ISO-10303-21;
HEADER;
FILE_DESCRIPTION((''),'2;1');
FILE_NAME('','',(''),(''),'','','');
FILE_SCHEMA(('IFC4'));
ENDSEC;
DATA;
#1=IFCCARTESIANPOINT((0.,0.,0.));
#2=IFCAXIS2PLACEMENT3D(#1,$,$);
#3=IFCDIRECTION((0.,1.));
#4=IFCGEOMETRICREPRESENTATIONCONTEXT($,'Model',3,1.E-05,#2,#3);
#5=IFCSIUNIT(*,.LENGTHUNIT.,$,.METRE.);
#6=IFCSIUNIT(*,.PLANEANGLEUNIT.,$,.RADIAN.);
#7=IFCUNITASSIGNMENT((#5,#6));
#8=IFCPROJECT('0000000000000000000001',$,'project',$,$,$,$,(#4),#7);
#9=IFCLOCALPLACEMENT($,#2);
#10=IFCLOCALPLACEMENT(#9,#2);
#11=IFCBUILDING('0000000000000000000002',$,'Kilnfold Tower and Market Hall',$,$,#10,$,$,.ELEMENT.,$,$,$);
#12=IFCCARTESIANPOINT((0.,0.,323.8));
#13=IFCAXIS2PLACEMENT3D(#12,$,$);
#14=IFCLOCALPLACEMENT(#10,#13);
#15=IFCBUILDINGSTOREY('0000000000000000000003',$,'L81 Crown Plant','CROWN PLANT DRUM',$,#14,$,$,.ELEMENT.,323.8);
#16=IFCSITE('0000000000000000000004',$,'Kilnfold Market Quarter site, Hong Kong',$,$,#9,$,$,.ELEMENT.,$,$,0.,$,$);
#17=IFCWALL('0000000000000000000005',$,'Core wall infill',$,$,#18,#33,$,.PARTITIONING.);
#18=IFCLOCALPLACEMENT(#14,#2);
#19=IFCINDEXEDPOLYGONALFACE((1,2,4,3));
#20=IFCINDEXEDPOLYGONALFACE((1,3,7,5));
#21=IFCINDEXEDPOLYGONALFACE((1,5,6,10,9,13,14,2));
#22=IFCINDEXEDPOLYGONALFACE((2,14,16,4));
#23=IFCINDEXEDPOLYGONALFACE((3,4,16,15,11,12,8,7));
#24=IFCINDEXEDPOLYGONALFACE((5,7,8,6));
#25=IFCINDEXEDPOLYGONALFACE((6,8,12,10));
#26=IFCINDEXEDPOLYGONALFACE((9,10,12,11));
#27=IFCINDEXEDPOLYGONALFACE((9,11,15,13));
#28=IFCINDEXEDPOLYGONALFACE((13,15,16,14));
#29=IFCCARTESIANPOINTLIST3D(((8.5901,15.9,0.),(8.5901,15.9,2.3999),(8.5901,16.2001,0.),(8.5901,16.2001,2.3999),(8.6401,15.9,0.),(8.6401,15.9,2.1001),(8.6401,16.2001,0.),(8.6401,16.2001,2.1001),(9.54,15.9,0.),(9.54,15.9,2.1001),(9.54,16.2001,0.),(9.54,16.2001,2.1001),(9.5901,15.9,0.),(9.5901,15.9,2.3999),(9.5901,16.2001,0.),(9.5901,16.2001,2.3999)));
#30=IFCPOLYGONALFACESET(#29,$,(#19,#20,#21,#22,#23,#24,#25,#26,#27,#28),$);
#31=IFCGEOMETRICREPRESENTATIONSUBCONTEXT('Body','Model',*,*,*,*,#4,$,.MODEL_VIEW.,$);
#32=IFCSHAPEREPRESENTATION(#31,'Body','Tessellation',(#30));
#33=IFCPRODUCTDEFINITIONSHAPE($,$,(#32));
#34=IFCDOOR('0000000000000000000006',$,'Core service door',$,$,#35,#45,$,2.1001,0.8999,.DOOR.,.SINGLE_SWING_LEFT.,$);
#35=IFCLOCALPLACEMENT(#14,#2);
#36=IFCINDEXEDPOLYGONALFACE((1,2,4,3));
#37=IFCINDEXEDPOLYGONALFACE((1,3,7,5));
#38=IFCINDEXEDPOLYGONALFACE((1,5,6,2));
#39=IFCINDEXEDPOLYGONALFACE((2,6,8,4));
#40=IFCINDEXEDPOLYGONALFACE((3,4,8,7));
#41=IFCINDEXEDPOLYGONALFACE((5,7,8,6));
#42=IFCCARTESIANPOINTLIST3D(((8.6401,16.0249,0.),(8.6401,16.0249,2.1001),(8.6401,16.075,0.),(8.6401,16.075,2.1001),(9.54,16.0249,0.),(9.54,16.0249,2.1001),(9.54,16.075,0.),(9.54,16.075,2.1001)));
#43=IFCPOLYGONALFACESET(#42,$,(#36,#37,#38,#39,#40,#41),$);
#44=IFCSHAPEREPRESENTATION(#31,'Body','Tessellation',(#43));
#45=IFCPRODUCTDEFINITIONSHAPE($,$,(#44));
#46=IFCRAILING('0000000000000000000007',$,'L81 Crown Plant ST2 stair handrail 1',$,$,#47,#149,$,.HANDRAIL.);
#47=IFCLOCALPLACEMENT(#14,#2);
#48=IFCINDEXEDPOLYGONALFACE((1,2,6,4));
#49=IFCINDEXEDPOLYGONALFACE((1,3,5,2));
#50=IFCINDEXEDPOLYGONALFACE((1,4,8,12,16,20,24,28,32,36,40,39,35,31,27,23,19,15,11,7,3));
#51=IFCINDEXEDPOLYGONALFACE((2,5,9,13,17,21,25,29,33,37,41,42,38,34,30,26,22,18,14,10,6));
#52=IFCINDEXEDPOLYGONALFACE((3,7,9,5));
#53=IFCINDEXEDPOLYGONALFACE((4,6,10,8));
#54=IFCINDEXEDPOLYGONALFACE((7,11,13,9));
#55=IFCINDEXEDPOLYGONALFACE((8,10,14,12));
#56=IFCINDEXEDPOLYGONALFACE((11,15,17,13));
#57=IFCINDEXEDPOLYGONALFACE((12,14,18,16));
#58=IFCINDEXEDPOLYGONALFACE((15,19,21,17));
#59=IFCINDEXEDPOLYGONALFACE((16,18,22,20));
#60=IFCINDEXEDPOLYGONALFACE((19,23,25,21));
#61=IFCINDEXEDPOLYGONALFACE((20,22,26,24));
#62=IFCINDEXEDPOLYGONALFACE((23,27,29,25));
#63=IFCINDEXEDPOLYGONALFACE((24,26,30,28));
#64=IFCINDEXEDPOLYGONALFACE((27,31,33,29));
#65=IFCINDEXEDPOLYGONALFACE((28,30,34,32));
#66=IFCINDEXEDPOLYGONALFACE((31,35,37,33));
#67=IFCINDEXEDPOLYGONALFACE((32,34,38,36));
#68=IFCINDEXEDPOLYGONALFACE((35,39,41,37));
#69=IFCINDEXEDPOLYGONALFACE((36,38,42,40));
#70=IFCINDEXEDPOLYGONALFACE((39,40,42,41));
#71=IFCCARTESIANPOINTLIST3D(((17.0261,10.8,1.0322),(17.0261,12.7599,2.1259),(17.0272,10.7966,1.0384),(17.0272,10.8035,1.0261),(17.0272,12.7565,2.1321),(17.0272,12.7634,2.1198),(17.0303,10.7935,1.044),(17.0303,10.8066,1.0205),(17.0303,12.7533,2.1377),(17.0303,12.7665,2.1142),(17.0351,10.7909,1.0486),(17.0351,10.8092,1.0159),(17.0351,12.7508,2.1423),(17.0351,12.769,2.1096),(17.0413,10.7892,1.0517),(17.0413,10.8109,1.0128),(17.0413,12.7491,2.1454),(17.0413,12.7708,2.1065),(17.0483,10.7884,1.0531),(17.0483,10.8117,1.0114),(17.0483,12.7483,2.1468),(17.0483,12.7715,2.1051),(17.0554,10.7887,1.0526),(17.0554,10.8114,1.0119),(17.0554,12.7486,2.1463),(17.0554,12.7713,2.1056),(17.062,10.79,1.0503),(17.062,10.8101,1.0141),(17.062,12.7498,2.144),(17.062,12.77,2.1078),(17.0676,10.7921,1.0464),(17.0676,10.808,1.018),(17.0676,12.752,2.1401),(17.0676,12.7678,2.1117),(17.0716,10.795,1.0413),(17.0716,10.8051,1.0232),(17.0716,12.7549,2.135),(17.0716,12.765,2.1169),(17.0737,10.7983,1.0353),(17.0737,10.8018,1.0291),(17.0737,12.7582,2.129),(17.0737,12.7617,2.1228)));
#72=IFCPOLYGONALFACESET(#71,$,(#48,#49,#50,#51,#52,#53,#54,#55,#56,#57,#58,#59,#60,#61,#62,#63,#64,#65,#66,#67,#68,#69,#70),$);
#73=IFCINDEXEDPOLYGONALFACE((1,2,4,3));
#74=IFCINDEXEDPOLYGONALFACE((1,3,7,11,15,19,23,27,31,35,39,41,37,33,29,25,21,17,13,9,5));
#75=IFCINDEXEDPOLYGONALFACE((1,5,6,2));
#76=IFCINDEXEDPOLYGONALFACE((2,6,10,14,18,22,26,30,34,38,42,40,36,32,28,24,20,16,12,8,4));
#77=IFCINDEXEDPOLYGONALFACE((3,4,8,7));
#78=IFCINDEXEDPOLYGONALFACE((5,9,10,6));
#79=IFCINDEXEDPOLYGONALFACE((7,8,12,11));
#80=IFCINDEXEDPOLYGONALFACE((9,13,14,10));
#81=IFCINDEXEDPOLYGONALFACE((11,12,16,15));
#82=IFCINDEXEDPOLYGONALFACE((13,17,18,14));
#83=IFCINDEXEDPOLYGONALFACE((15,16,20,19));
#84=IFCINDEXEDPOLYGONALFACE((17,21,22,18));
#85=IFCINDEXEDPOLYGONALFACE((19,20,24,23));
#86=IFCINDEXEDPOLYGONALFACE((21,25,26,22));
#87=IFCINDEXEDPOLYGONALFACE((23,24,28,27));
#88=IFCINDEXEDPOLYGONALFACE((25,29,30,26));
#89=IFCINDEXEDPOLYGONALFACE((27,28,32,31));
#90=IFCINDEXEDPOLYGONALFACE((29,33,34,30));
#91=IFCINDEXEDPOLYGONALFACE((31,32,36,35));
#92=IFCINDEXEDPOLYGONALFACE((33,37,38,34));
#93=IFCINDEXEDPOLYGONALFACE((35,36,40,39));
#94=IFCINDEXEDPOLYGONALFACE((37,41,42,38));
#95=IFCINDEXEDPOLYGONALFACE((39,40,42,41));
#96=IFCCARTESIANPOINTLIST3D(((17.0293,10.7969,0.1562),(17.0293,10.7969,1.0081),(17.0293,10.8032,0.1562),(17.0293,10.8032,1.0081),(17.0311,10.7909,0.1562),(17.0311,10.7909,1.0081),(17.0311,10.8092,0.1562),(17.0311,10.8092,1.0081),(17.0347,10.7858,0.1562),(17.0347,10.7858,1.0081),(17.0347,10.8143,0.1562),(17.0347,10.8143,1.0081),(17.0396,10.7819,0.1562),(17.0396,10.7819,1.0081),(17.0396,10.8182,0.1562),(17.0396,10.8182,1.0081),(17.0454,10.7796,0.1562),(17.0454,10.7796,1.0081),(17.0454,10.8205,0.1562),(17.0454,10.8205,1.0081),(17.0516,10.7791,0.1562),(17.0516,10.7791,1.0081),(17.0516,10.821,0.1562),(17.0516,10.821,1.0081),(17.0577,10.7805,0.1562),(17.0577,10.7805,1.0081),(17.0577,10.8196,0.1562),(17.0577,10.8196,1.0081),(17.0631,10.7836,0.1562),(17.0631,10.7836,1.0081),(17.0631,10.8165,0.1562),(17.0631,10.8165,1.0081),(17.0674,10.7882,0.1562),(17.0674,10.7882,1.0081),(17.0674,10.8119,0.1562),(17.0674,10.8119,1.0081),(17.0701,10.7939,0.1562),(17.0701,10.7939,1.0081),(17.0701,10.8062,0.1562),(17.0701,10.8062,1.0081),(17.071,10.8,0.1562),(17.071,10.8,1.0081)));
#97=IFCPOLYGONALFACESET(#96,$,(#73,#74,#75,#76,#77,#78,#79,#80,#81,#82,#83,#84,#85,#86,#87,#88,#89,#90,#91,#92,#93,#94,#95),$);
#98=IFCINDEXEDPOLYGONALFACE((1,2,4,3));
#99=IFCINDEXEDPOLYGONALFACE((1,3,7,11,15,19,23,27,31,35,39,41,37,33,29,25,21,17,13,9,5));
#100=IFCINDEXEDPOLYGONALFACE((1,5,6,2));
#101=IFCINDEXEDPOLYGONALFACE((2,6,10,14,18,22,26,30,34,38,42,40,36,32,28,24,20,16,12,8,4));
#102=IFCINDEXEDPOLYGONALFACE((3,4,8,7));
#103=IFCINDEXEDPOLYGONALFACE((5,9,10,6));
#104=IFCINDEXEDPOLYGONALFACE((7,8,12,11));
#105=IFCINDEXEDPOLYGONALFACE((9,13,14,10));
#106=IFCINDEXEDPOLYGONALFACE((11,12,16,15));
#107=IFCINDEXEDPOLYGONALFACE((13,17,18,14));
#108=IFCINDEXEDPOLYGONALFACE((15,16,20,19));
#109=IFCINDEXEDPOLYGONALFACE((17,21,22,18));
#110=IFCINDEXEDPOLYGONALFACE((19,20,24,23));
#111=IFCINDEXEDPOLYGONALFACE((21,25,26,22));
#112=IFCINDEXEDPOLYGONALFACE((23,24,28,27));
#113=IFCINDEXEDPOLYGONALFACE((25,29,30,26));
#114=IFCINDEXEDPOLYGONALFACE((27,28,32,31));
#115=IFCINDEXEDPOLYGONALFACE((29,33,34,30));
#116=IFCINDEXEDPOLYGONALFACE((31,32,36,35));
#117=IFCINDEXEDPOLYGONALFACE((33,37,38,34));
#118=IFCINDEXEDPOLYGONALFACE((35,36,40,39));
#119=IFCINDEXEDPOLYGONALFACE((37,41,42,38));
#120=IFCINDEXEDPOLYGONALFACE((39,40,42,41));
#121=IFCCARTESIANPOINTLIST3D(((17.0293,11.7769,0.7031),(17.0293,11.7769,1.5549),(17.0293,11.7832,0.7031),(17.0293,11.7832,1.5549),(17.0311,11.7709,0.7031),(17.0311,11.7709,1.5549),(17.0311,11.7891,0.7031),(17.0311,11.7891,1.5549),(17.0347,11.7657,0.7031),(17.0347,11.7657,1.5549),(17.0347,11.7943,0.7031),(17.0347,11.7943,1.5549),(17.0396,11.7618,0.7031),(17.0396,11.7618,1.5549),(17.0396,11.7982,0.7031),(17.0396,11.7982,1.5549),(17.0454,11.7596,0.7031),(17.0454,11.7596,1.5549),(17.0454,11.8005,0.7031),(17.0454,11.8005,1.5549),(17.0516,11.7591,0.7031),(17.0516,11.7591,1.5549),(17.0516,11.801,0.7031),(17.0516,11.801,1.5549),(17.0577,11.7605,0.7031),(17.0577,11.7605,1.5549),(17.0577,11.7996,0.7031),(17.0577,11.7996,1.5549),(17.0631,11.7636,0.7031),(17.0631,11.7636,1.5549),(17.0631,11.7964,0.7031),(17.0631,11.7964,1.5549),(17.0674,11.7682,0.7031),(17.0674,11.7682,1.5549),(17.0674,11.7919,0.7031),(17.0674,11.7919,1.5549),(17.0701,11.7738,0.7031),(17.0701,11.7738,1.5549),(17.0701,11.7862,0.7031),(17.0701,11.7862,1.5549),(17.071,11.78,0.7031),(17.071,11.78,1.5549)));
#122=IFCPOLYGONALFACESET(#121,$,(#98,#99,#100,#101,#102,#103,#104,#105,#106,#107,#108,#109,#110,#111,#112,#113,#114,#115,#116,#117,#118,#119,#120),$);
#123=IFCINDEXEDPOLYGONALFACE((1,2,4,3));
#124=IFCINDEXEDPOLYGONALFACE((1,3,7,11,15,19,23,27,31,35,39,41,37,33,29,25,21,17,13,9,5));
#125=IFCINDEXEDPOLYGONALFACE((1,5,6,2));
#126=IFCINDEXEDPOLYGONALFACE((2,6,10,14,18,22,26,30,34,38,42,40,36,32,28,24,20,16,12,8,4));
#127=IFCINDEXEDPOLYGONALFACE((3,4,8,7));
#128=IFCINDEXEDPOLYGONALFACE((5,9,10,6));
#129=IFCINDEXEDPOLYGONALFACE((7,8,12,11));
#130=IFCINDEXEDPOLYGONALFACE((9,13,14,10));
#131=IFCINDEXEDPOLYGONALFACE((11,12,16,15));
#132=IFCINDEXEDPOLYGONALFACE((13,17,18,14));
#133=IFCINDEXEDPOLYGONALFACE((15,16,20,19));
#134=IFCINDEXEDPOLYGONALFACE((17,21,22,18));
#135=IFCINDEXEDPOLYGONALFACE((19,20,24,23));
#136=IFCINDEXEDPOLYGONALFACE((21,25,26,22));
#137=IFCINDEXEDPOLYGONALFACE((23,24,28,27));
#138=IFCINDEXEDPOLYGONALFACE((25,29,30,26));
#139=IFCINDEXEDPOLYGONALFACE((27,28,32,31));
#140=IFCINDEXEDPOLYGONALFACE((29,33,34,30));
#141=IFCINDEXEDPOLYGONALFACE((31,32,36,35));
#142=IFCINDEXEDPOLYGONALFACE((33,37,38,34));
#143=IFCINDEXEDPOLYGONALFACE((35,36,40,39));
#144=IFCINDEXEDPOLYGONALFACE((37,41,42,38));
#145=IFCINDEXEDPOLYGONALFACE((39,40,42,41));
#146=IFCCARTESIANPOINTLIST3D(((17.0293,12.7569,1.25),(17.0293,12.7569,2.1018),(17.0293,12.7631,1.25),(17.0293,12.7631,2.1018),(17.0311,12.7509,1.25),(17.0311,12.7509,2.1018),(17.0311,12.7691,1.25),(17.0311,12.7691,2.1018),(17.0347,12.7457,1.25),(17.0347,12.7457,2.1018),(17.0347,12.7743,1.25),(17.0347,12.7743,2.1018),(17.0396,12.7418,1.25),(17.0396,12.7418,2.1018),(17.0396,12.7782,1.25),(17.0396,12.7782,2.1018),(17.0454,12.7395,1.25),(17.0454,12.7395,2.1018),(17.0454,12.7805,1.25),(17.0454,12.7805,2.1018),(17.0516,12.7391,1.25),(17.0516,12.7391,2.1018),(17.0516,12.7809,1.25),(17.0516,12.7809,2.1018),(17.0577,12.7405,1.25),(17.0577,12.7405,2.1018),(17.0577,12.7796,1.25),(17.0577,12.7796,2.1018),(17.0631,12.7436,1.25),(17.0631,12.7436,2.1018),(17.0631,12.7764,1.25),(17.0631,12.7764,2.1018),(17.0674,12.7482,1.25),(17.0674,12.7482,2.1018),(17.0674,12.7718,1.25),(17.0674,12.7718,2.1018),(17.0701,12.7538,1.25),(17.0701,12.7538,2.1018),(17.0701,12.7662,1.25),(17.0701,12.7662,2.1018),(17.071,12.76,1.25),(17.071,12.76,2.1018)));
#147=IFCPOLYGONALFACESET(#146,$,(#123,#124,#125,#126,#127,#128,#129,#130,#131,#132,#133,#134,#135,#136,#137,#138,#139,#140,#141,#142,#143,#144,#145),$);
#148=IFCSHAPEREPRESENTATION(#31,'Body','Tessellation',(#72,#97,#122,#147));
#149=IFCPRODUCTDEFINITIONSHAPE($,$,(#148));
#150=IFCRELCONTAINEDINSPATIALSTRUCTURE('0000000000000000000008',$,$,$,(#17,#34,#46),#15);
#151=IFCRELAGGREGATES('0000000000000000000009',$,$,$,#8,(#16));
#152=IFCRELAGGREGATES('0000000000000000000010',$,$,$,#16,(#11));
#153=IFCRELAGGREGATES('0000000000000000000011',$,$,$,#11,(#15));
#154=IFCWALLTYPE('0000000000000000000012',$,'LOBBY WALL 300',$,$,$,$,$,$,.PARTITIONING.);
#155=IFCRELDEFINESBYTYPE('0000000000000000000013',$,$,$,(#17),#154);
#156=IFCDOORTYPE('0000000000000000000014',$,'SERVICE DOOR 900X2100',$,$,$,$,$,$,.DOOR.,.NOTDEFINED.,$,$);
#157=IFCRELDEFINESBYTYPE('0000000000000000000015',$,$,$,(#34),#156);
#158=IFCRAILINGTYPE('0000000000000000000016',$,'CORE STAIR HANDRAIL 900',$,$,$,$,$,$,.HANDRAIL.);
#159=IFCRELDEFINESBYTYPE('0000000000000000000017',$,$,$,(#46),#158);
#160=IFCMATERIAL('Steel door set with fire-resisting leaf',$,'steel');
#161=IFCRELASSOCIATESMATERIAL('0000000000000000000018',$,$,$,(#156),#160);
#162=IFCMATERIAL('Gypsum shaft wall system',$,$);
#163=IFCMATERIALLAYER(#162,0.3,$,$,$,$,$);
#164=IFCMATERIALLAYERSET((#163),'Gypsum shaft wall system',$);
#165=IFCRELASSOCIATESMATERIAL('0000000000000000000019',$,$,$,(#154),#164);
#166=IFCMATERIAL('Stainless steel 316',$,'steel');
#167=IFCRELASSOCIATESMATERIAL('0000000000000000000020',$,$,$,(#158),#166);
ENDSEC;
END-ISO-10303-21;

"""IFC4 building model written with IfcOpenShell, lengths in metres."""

from ifc_helpers import new_model, si_unit, direction, frame, frame_2d, origin, origin_2d, place, context, subcontext, project, spatial, rectangle, circle, extrude, source, transform, mapped, material, layer, layer_set, type_object, element, fill, save


model = new_model("IFC4")

# Units and contexts
model_context = context("Model", 3, precision=1e-05, world=origin(), true_north=direction((0.0, 1.0)))
body_context = subcontext(model_context, "Body", "Model", "MODEL_VIEW")
ifc_project = project(units=[si_unit("LENGTHUNIT", "METRE"), si_unit("PLANEANGLEUNIT", "RADIAN")], contexts=[model_context])

# Site, building, storey
site_placement = place(None, origin())
site = spatial("IfcSite", under=ifc_project, at=site_placement, Name="Kilnfold Market Quarter site, Hong Kong", CompositionType="ELEMENT", RefElevation=0.0)
building_placement = place(site_placement, origin())
building = spatial("IfcBuilding", under=site, at=building_placement, Name="Kilnfold Tower and Market Hall", CompositionType="ELEMENT")
storey_placement = place(building_placement, frame((0.0, 0.0, 323.8)))
storey = spatial("IfcBuildingStorey", under=building, at=storey_placement, Name="L81 Crown Plant", Description="CROWN PLANT DRUM", CompositionType="ELEMENT", Elevation=323.8)

# Shared definitions
ifc_material_1 = material(Name="Steel door set with fire-resisting leaf", Category="steel")
door_type_1 = type_object("IfcDoorType", Name="SERVICE DOOR 900X2100", OperationType="NOTDEFINED", PredefinedType="DOOR", material=ifc_material_1)

# Wall, opening, door
ifc_material_2 = material(Name="Gypsum shaft wall system")
ifc_layer_1 = layer(ifc_material_2, 0.3)
ifc_layer_set_1 = layer_set([ifc_layer_1], Name="Gypsum shaft wall system")
wall_type_1 = type_object("IfcWallType", Name="LOBBY WALL 300", PredefinedType="PARTITIONING", material=ifc_layer_set_1)
shared_shape_1 = source(origin(), body_context, "Body", "SweptSolid", [
    extrude(rectangle(XDim=1.0, YDim=0.3, at=frame_2d((0.5, 0.0))), origin(), (0.0, 0.0, 1.0), 2.3999),
])
wall_1_placement = place(storey_placement, frame((8.5901, 16.05, 0.0), z_axis=(0.0, 0.0, 1.0), x_axis=(1.0, 0.0, 0.0)))
wall_1 = element("IfcWall", 1, at=wall_1_placement, inside=storey, type_object=wall_type_1, Name="Core wall infill", PredefinedType="PARTITIONING", context=body_context, shape_type="MappedRepresentation", body=[
    mapped(shared_shape_1, transform((0.0, 0.0, 0.0))),
])
opening_1_placement = place(wall_1_placement, frame((0.05, 0.0, 0.0)))
opening_1 = element("IfcOpeningElement", 2, at=opening_1_placement, cuts=wall_1, PredefinedType="OPENING", context=body_context, shape_type="SweptSolid", body=[
    extrude(rectangle(XDim=0.8999, YDim=2.1001, at=frame_2d((0.45, 1.05))), frame((0.0, 0.1602, 0.0), z_axis=(0.0, -1.0, 0.0), x_axis=(1.0, 0.0, 0.0)), (0.0, 0.0, 1.0), 0.3201),
])
door_1_placement = place(opening_1_placement, origin())
door_1 = element("IfcDoor", 3, at=door_1_placement, inside=storey, type_object=door_type_1, Name="Core service door", OperationType="SINGLE_SWING_LEFT", OverallHeight=2.1001, OverallWidth=0.8999, PredefinedType="DOOR", context=body_context, shape_type="SweptSolid", body=[
    extrude(rectangle(XDim=0.8999, YDim=2.1001, at=frame_2d((0.45, 1.05))), frame((0.0, 0.0249, 0.0), z_axis=(0.0, -1.0, 0.0), x_axis=(1.0, 0.0, 0.0)), (0.0, 0.0, 1.0), 0.05),
])
fill(opening_1, door_1)

# Railing
ifc_material_3 = material(Name="Stainless steel 316", Category="steel")
railing_type_1 = type_object("IfcRailingType", Name="CORE STAIR HANDRAIL 900", PredefinedType="HANDRAIL", material=ifc_material_3)
railing_1_placement = place(storey_placement, frame((17.05, 10.8, 0.1562)))
element("IfcRailing", 4, at=railing_1_placement, inside=storey, type_object=railing_type_1, Name="L81 Crown Plant ST2 stair handrail 1", PredefinedType="HANDRAIL", context=body_context, shape_type="SweptSolid", body=[
    extrude(circle(Radius=0.0239, at=origin_2d()), frame((0.0, 0.0, 0.876), z_axis=(0.0, 0.873232, 0.487304), x_axis=(-1.0, 0.0, 0.0)), (0.0, 0.0, 1.0), 2.2444),
    extrude(circle(Radius=0.021, at=origin_2d()), origin(), (0.0, 0.0, 1.0), 0.8518),
    extrude(circle(Radius=0.021, at=origin_2d()), frame((0.0, 0.98, 0.5469)), (0.0, 0.0, 1.0), 0.8518),
    extrude(circle(Radius=0.021, at=origin_2d()), frame((0.0, 1.96, 1.0938)), (0.0, 0.0, 1.0), 0.8518),
])

save(model, "model.ifc")
